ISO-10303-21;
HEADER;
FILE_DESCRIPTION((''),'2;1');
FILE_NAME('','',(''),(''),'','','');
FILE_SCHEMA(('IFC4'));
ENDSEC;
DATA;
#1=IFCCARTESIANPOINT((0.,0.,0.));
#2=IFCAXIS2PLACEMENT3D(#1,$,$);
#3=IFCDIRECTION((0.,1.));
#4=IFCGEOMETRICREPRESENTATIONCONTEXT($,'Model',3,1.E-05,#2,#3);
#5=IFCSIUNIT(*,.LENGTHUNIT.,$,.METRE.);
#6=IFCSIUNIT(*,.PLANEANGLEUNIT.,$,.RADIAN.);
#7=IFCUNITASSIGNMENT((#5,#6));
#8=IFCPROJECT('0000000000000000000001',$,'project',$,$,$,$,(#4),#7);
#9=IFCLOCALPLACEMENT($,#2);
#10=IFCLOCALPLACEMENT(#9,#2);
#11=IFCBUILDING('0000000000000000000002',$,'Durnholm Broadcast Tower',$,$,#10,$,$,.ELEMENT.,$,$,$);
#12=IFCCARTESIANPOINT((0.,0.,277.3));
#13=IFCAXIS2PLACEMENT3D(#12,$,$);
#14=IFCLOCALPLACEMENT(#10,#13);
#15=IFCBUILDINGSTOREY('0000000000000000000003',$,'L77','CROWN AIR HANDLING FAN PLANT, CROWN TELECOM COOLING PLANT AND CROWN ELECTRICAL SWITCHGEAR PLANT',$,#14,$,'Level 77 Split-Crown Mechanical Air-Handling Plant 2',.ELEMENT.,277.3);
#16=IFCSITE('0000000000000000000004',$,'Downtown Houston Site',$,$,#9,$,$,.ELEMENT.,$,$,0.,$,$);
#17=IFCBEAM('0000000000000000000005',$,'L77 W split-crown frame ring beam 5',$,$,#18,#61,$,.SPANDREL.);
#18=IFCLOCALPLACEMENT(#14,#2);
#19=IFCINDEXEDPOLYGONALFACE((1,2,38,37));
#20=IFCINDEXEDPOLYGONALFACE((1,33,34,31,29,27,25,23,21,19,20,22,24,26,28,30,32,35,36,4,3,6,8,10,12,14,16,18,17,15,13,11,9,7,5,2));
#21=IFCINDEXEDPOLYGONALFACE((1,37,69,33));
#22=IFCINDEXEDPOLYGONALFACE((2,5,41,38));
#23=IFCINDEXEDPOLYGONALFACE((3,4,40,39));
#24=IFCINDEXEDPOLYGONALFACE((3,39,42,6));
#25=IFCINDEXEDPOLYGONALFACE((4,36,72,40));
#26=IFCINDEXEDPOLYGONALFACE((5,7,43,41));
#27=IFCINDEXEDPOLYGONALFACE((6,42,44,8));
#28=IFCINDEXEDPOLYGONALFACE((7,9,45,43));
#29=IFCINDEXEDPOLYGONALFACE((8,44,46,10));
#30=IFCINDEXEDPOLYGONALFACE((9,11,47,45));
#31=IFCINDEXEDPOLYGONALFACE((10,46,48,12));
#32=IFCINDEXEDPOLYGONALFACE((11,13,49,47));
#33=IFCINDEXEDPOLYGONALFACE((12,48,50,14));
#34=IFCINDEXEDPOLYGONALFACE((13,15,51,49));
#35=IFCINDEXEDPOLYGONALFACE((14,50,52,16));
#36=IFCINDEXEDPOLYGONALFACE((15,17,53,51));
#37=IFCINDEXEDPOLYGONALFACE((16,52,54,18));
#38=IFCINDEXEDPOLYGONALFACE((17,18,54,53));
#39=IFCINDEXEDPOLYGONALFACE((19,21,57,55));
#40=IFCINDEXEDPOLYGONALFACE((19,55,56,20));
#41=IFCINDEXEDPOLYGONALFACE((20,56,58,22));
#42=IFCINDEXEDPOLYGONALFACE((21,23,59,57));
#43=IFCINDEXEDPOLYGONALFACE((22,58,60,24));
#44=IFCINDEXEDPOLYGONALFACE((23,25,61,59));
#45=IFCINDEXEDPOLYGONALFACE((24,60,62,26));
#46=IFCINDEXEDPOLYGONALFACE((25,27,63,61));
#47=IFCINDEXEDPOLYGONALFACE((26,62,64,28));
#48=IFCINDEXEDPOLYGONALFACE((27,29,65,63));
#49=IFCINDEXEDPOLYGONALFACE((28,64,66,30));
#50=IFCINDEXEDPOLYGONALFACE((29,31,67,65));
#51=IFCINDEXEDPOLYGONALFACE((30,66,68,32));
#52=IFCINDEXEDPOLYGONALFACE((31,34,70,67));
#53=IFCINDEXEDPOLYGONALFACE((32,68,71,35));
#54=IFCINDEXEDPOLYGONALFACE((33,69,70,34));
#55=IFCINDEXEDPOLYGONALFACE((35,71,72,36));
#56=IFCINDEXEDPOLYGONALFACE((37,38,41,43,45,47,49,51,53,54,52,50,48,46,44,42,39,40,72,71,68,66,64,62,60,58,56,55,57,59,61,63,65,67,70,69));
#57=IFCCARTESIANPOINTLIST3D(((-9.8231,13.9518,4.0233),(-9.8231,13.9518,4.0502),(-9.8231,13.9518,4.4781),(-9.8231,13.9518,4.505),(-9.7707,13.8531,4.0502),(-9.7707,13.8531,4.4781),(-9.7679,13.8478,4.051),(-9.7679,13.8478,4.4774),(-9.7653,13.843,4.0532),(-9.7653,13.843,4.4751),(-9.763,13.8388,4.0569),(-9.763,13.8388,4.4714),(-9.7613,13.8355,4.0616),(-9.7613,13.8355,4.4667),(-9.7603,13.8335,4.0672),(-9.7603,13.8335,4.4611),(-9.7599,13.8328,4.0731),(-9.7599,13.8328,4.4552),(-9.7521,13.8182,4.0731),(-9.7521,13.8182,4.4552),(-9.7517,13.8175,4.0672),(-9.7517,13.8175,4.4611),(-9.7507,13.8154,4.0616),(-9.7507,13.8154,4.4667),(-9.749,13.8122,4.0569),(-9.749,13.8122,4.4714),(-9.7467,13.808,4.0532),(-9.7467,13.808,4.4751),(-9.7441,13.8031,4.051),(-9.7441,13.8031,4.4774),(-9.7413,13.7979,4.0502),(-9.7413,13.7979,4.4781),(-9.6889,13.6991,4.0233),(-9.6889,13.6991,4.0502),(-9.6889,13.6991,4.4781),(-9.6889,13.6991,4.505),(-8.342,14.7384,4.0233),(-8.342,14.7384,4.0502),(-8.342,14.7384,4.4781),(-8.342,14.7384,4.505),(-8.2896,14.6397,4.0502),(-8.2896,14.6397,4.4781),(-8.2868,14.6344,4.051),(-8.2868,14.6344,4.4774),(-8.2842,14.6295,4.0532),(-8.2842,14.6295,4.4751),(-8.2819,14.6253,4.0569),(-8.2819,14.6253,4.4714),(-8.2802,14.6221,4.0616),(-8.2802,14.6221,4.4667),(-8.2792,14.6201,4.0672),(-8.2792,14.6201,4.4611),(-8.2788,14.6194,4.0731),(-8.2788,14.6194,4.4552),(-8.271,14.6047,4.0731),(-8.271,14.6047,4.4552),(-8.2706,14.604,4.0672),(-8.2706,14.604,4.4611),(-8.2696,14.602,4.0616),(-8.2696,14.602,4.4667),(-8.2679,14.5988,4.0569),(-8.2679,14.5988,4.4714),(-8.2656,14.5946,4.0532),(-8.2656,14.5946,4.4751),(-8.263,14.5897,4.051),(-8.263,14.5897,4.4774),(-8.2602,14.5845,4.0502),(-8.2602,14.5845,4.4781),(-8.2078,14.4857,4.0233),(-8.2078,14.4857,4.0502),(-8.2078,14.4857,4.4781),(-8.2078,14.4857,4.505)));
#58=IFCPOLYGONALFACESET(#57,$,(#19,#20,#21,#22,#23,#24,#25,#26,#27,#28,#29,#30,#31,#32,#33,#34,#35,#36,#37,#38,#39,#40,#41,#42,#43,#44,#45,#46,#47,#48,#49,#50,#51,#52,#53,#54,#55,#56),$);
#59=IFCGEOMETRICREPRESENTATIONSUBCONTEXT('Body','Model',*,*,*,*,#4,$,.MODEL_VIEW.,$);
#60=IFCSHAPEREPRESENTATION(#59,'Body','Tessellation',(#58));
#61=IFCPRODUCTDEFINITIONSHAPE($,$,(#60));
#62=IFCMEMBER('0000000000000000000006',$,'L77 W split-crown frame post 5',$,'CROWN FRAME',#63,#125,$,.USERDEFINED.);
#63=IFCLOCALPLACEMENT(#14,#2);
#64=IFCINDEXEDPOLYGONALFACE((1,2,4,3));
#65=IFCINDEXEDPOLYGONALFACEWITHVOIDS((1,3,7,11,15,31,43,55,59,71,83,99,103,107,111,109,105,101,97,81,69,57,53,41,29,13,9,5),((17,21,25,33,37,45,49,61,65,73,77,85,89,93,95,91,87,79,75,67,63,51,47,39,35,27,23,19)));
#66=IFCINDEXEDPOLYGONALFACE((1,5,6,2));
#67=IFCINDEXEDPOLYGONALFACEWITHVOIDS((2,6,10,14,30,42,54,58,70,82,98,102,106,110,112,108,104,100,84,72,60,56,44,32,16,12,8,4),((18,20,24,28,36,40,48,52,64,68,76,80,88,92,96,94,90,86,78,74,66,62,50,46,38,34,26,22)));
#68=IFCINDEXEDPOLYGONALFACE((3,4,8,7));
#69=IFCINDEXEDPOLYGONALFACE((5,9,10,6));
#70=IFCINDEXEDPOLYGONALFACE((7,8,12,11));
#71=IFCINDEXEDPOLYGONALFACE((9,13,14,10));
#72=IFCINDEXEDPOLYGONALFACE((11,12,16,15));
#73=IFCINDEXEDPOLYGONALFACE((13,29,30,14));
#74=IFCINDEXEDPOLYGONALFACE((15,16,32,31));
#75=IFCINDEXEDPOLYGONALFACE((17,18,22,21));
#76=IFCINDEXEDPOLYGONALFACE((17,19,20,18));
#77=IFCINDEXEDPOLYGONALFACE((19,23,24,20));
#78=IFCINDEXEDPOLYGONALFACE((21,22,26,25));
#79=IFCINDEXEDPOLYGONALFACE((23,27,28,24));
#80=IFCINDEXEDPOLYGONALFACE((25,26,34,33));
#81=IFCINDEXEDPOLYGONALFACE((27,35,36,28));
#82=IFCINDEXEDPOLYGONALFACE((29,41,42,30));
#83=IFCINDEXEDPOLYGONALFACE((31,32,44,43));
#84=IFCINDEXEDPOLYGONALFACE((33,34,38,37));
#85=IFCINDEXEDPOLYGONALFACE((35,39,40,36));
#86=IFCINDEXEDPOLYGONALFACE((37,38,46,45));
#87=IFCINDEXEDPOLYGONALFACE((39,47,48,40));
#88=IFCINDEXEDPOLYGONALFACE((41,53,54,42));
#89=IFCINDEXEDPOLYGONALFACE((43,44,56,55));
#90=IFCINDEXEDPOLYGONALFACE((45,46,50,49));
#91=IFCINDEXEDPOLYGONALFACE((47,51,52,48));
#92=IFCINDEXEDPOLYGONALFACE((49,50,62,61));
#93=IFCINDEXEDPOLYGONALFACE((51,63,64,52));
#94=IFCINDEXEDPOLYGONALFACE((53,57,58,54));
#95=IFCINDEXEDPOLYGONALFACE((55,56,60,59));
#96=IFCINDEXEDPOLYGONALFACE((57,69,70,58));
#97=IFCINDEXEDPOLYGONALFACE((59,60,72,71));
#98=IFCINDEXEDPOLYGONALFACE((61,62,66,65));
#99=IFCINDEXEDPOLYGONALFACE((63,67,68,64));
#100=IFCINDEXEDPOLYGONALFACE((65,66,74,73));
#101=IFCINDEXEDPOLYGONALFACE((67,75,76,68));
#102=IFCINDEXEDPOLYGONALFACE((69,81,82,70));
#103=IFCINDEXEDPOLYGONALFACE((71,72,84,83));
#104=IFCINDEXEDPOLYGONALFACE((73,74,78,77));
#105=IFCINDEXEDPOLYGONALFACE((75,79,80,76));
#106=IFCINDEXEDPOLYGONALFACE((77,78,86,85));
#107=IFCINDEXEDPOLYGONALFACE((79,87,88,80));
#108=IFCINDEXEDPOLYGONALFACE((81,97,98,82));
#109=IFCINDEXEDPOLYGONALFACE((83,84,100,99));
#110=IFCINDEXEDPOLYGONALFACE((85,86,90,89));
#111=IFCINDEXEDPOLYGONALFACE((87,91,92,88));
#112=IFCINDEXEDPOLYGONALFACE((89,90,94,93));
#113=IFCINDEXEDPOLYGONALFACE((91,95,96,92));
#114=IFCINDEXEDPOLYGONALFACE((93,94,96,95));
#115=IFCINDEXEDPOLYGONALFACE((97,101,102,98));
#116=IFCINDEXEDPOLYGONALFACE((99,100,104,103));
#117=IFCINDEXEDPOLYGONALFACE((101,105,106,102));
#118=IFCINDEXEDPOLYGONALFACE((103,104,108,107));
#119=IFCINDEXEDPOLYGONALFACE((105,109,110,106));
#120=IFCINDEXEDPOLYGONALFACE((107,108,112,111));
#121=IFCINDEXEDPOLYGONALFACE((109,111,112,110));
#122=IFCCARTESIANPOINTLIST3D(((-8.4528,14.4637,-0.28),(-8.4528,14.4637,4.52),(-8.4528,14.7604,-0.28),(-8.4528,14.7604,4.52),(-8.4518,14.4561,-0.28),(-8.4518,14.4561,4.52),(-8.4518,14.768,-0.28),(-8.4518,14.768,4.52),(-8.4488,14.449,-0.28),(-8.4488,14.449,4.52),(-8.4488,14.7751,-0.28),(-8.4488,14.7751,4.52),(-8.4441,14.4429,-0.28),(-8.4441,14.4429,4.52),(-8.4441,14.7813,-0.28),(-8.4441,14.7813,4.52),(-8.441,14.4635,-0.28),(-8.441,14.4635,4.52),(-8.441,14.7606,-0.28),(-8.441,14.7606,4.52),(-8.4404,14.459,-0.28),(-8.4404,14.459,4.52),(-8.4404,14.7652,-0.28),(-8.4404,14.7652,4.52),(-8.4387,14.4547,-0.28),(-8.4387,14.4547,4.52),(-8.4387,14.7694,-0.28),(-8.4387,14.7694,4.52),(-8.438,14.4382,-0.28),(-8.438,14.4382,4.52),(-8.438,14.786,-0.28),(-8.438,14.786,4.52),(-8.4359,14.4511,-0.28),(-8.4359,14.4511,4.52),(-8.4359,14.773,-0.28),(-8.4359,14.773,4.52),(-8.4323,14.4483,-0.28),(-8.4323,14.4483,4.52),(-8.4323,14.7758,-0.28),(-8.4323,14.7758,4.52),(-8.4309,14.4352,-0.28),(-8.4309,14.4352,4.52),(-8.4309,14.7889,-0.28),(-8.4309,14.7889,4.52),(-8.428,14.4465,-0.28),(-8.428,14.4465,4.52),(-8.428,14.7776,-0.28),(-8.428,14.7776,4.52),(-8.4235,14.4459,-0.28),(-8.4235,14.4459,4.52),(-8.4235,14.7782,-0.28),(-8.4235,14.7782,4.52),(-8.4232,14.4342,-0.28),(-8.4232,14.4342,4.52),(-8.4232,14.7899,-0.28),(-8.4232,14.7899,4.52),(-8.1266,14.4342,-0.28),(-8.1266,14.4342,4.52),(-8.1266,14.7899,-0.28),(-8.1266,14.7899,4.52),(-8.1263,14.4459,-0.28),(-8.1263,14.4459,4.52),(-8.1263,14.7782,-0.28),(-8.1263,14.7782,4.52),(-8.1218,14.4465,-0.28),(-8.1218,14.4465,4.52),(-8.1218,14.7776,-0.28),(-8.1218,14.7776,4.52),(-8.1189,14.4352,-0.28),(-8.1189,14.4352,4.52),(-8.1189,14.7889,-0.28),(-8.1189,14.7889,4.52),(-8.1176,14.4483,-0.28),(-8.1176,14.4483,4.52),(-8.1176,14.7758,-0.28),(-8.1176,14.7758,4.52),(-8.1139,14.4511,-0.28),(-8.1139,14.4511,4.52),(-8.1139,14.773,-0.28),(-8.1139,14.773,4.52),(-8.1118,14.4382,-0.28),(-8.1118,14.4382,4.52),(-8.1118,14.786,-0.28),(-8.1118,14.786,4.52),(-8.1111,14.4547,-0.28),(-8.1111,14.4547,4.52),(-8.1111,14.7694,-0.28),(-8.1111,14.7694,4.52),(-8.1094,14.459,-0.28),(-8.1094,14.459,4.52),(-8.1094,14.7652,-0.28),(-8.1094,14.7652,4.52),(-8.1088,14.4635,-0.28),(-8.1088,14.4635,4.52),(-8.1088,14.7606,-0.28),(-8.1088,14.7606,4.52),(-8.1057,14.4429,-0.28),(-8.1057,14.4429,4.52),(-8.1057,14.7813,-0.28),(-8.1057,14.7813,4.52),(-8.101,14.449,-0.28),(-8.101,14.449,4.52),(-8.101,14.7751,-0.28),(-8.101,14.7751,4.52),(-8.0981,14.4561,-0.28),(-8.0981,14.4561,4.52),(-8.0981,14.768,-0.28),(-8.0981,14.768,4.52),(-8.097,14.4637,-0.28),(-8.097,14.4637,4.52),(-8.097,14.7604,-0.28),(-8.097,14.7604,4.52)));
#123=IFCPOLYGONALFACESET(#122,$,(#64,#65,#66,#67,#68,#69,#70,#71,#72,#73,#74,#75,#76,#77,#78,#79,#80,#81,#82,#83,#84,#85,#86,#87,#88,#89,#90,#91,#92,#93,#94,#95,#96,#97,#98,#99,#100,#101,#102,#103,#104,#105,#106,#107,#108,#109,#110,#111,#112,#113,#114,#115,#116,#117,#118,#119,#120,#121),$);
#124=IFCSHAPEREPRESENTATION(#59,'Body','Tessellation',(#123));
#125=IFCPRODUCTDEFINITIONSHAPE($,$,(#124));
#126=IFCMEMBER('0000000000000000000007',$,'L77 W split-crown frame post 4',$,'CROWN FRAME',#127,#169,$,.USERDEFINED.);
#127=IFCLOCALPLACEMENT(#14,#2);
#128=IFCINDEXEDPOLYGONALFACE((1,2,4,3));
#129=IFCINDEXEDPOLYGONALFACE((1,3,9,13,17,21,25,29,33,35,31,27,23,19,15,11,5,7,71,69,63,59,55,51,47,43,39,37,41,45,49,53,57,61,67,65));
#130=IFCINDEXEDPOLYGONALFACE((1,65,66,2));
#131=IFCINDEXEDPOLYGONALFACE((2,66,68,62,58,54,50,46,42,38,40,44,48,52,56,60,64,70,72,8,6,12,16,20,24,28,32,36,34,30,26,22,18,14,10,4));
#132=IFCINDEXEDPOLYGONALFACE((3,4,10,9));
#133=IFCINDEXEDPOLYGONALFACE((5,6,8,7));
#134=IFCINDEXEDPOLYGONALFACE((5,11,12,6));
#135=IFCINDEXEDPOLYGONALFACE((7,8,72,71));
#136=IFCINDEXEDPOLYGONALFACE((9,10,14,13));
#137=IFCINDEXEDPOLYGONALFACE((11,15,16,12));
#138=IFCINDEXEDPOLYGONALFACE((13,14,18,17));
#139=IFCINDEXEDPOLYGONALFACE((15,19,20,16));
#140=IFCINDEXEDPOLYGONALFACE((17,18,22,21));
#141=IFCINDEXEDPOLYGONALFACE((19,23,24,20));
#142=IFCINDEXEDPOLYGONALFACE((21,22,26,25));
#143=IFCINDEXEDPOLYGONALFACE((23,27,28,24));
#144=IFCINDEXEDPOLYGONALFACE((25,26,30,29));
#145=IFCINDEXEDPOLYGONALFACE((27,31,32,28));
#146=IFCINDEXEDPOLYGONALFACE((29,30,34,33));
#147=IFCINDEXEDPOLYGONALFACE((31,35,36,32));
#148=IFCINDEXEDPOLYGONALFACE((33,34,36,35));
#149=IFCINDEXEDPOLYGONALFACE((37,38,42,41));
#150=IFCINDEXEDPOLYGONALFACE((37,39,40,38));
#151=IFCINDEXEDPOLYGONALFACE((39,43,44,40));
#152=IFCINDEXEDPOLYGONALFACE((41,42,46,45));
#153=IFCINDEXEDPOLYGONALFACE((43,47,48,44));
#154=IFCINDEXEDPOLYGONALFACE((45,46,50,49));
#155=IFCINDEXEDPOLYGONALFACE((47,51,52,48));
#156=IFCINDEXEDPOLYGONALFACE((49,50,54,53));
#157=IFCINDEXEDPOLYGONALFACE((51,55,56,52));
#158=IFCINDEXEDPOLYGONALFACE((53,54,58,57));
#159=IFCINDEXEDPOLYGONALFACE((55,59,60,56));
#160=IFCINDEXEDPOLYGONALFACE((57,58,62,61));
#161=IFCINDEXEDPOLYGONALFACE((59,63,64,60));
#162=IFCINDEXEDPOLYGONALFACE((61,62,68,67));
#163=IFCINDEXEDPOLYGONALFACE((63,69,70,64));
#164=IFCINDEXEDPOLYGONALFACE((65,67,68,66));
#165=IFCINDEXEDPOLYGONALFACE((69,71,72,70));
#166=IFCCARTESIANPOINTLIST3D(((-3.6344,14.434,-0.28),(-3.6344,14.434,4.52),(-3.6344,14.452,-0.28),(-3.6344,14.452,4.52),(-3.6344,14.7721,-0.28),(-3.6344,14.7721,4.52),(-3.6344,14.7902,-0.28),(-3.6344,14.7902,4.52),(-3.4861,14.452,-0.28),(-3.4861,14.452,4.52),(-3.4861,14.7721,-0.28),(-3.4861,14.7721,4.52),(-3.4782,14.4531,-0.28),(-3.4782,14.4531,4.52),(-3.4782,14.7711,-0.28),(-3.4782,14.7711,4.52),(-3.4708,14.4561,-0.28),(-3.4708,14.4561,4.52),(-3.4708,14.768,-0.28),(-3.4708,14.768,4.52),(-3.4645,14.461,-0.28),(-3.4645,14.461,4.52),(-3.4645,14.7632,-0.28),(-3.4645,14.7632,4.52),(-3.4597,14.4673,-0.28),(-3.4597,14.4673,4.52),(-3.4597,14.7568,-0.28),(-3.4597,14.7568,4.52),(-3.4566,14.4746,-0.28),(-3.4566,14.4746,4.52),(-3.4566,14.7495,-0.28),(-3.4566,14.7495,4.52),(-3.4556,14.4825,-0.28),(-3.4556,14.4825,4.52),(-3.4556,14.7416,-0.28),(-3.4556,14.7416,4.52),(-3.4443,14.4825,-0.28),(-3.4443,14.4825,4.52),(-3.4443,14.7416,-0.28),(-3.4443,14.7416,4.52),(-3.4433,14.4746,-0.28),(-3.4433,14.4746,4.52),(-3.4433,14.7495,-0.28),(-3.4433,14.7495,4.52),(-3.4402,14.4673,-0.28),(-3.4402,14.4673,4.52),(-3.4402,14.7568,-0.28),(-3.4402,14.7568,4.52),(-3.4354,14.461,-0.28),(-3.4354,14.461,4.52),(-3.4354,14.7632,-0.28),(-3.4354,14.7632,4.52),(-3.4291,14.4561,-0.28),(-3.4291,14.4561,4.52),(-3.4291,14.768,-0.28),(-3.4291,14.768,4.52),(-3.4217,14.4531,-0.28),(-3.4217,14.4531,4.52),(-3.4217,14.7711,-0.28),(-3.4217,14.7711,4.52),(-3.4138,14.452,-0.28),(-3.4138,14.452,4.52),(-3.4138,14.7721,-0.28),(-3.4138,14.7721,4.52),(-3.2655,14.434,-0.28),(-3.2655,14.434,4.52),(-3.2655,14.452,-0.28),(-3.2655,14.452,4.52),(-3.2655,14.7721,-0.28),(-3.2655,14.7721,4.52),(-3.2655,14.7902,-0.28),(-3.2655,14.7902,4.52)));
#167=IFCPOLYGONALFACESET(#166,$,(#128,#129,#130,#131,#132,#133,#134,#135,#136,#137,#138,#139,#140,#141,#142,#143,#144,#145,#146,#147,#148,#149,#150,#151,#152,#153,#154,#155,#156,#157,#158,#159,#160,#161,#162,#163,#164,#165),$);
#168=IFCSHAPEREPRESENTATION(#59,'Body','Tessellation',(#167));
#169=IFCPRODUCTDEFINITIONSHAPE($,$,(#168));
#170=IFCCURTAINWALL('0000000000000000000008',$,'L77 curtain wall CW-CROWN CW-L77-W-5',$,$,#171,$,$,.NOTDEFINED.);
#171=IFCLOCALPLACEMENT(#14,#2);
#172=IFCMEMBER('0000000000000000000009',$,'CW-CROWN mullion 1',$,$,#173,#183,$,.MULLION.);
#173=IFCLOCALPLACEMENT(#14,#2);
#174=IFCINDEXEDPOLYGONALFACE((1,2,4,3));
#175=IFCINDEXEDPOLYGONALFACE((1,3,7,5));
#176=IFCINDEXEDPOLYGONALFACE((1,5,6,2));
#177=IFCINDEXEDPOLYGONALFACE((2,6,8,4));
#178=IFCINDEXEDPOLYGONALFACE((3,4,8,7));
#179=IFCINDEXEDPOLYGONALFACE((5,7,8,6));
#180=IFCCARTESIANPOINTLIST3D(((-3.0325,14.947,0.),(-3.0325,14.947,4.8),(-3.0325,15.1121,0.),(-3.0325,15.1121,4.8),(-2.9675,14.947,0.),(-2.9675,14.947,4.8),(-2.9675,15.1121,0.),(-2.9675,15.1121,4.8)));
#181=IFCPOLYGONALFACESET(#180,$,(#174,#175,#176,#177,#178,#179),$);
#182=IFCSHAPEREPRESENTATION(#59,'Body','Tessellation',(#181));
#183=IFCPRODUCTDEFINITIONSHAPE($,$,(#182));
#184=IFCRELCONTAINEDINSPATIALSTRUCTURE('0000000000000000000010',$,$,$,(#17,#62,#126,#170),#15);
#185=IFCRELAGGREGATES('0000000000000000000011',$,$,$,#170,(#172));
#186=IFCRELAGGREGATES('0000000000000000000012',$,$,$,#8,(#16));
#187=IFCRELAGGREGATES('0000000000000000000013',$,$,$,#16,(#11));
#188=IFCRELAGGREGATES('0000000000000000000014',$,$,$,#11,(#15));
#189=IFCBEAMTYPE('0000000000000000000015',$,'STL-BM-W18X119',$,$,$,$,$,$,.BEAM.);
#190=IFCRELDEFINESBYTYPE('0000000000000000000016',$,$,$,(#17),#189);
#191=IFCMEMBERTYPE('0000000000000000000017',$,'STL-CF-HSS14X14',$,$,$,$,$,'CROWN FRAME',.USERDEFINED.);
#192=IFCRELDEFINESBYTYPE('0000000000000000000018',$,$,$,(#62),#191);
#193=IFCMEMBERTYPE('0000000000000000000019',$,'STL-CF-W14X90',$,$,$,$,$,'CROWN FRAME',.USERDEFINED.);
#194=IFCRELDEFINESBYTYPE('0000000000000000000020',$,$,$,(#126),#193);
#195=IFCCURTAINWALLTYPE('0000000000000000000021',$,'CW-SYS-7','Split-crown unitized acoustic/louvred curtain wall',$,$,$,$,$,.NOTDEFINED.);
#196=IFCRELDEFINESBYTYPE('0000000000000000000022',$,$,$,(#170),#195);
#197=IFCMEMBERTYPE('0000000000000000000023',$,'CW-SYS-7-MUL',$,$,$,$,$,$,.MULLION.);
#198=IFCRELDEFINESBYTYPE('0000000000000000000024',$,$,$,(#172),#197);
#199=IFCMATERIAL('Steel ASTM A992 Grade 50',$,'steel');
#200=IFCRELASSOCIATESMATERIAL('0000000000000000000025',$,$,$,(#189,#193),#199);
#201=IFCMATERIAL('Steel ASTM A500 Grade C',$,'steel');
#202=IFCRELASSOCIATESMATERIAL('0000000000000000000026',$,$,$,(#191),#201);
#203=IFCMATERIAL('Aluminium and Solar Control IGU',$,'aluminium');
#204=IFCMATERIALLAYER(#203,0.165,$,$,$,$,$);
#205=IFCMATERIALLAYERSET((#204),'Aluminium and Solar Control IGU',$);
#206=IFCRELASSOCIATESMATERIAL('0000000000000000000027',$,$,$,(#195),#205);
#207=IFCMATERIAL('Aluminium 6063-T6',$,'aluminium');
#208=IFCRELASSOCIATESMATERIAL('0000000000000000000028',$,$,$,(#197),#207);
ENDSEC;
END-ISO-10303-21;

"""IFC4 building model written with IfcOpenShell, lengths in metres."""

from ifc_helpers import new_model, si_unit, direction, frame, origin, origin_2d, place, context, subcontext, project, spatial, rectangle, hollow_rectangle, i_section, extrude, source, transform, mapped, material, layer, layer_set, material_profile, profile_set, type_object, type_shapes, element, aggregate, save


model = new_model("IFC4")

# Units and contexts
model_context = context("Model", 3, precision=1e-05, world=origin(), true_north=direction((0.0, 1.0)))
body_context = subcontext(model_context, "Body", "Model", "MODEL_VIEW")
ifc_project = project(units=[si_unit("LENGTHUNIT", "METRE"), si_unit("PLANEANGLEUNIT", "RADIAN")], contexts=[model_context])

# Site, building, storey
site_placement = place(None, origin())
site = spatial("IfcSite", under=ifc_project, at=site_placement, Name="Downtown Houston Site", CompositionType="ELEMENT", RefElevation=0.0)
building_placement = place(site_placement, origin())
building = spatial("IfcBuilding", under=site, at=building_placement, Name="Durnholm Broadcast Tower", CompositionType="ELEMENT")
storey_placement = place(building_placement, frame((0.0, 0.0, 277.3)))
storey = spatial("IfcBuildingStorey", under=building, at=storey_placement, Name="L77", Description="CROWN AIR HANDLING FAN PLANT, CROWN TELECOM COOLING PLANT AND CROWN ELECTRICAL SWITCHGEAR PLANT", LongName="Level 77 Split-Crown Mechanical Air-Handling Plant 2", CompositionType="ELEMENT", Elevation=277.3)

# Shared definitions
ifc_material_1 = material(Name="Steel ASTM A500 Grade C", Category="steel")

# Beam
ifc_material_2 = material(Name="Steel ASTM A992 Grade 50", Category="steel")
ifc_material_profile_1 = material_profile(ifc_material_2, i_section(OverallWidth=0.2861, OverallDepth=0.4817, WebThickness=0.0166, FlangeThickness=0.0269, FilletRadius=0.0229, at=origin_2d()), Name="W18X119")
ifc_profile_set_1 = profile_set([ifc_material_profile_1], Name="Steel ASTM A992 Grade 50")
beam_type_1 = type_object("IfcBeamType", Name="STL-BM-W18X119", PredefinedType="BEAM", material=ifc_profile_set_1)
shared_shape_1 = source(origin(), body_context, "Body", "SweptSolid", [
    extrude(i_section(OverallWidth=0.2861, OverallDepth=0.4817, WebThickness=0.0166, FlangeThickness=0.0269, FilletRadius=0.0229, at=origin_2d()), origin(), (0.0, 0.0, 1.0), 1.677),
])
beam_1_placement = place(storey_placement, frame((-8.2749, 14.6121, 4.2642), z_axis=(-0.883182, -0.469031, 0.0), x_axis=(0.469031, -0.883182, 0.0)))
element("IfcBeam", 1, at=beam_1_placement, inside=storey, type_object=beam_type_1, Name="L77 W split-crown frame ring beam 5", PredefinedType="SPANDREL", context=body_context, shape_type="MappedRepresentation", body=[
    mapped(shared_shape_1, transform((0.0, 0.0, 0.0), x_axis=(1.0, 0.0, 0.0), y_axis=(0.0, 1.0, 0.0), z_axis=(0.0, 0.0, 1.0), scale=1.0)),
])

# Members
ifc_material_profile_2 = material_profile(ifc_material_1, hollow_rectangle(XDim=0.3557, YDim=0.3557, WallThickness=0.0117, InnerFilletRadius=0.0176, OuterFilletRadius=0.0295, at=origin_2d()), Name="HSS14X14X1/2")
ifc_profile_set_2 = profile_set([ifc_material_profile_2], Name="Steel ASTM A500 Grade C")
member_type_1 = type_object("IfcMemberType", Name="STL-CF-HSS14X14", ElementType="CROWN FRAME", PredefinedType="USERDEFINED", material=ifc_profile_set_2)
shared_shape_2 = source(origin(), body_context, "Body", "SweptSolid", [
    extrude(hollow_rectangle(XDim=0.3557, YDim=0.3557, WallThickness=0.0117, InnerFilletRadius=0.0176, OuterFilletRadius=0.0295, at=origin_2d()), origin(), (0.0, 0.0, 1.0), 4.8),
])
type_shapes(member_type_1, [shared_shape_2])
member_1_placement = place(storey_placement, frame((-8.2749, 14.6121, -0.28), z_axis=(0.0, 0.0, 1.0), x_axis=(1.0, 0.0, 0.0)))
element("IfcMember", 2, at=member_1_placement, inside=storey, type_object=member_type_1, Name="L77 W split-crown frame post 5", ObjectType="CROWN FRAME", PredefinedType="USERDEFINED", context=body_context, shape_type="MappedRepresentation", body=[
    mapped(shared_shape_2, transform((0.0, 0.0, 0.0), x_axis=(1.0, 0.0, 0.0), y_axis=(0.0, 1.0, 0.0), z_axis=(0.0, 0.0, 1.0), scale=1.0)),
])
ifc_material_profile_3 = material_profile(ifc_material_2, i_section(OverallWidth=0.3689, OverallDepth=0.3562, WebThickness=0.0112, FlangeThickness=0.0181, FilletRadius=0.0305, at=origin_2d()), Name="W14X90")
ifc_profile_set_3 = profile_set([ifc_material_profile_3], Name="Steel ASTM A992 Grade 50")
member_type_2 = type_object("IfcMemberType", Name="STL-CF-W14X90", ElementType="CROWN FRAME", PredefinedType="USERDEFINED", material=ifc_profile_set_3)
shared_shape_3 = source(origin(), body_context, "Body", "SweptSolid", [
    extrude(i_section(OverallWidth=0.3689, OverallDepth=0.3562, WebThickness=0.0112, FlangeThickness=0.0181, FilletRadius=0.0305, at=origin_2d()), origin(), (0.0, 0.0, 1.0), 4.8),
])
type_shapes(member_type_2, [shared_shape_3])
member_2_placement = place(storey_placement, frame((-3.45, 14.6121, -0.28), z_axis=(0.0, 0.0, 1.0), x_axis=(1.0, 0.0, 0.0)))
element("IfcMember", 3, at=member_2_placement, inside=storey, type_object=member_type_2, Name="L77 W split-crown frame post 4", ObjectType="CROWN FRAME", PredefinedType="USERDEFINED", context=body_context, shape_type="MappedRepresentation", body=[
    mapped(shared_shape_3, transform((0.0, 0.0, 0.0), x_axis=(1.0, 0.0, 0.0), y_axis=(0.0, 1.0, 0.0), z_axis=(0.0, 0.0, 1.0), scale=1.0)),
])

# Curtain wall, member
ifc_material_3 = material(Name="Aluminium and Solar Control IGU", Category="aluminium")
ifc_layer_1 = layer(ifc_material_3, 0.165)
ifc_layer_set_1 = layer_set([ifc_layer_1], Name="Aluminium and Solar Control IGU")
curtain_wall_type = type_object("IfcCurtainWallType", Name="CW-SYS-7", Description="Split-crown unitized acoustic/louvred curtain wall", PredefinedType="NOTDEFINED", material=ifc_layer_set_1)
curtain_wall_placement = place(storey_placement, origin())
curtain_wall = element("IfcCurtainWall", 4, at=curtain_wall_placement, inside=storey, type_object=curtain_wall_type, Name="L77 curtain wall CW-CROWN CW-L77-W-5", PredefinedType="NOTDEFINED")
ifc_material_4 = material(Name="Aluminium 6063-T6", Category="aluminium")
ifc_material_profile_4 = material_profile(ifc_material_4, rectangle(XDim=0.0649, YDim=0.165, at=origin_2d()), Name="CWM65X165")
ifc_profile_set_4 = profile_set([ifc_material_profile_4], Name="Aluminium 6063-T6")
member_type_3 = type_object("IfcMemberType", Name="CW-SYS-7-MUL", PredefinedType="MULLION", material=ifc_profile_set_4)
shared_shape_4 = source(origin(), body_context, "Body", "SweptSolid", [
    extrude(rectangle(XDim=0.0649, YDim=0.165, at=origin_2d()), origin(), (0.0, 0.0, 1.0), 4.8),
])
type_shapes(member_type_3, [shared_shape_4])
member_3_placement = place(storey_placement, frame((-3.0, 15.0295, 0.0), z_axis=(0.0, 0.0, 1.0), x_axis=(1.0, 0.0, 0.0)))
member_3 = element("IfcMember", 5, at=member_3_placement, type_object=member_type_3, Name="CW-CROWN mullion 1", PredefinedType="MULLION", context=body_context, shape_type="MappedRepresentation", body=[
    mapped(shared_shape_4, transform((0.0, 0.0, 0.0), x_axis=(1.0, 0.0, 0.0), y_axis=(0.0, 1.0, 0.0), z_axis=(0.0, 0.0, 1.0), scale=1.0)),
])

aggregate(curtain_wall, [member_3])

save(model, "model.ifc")
